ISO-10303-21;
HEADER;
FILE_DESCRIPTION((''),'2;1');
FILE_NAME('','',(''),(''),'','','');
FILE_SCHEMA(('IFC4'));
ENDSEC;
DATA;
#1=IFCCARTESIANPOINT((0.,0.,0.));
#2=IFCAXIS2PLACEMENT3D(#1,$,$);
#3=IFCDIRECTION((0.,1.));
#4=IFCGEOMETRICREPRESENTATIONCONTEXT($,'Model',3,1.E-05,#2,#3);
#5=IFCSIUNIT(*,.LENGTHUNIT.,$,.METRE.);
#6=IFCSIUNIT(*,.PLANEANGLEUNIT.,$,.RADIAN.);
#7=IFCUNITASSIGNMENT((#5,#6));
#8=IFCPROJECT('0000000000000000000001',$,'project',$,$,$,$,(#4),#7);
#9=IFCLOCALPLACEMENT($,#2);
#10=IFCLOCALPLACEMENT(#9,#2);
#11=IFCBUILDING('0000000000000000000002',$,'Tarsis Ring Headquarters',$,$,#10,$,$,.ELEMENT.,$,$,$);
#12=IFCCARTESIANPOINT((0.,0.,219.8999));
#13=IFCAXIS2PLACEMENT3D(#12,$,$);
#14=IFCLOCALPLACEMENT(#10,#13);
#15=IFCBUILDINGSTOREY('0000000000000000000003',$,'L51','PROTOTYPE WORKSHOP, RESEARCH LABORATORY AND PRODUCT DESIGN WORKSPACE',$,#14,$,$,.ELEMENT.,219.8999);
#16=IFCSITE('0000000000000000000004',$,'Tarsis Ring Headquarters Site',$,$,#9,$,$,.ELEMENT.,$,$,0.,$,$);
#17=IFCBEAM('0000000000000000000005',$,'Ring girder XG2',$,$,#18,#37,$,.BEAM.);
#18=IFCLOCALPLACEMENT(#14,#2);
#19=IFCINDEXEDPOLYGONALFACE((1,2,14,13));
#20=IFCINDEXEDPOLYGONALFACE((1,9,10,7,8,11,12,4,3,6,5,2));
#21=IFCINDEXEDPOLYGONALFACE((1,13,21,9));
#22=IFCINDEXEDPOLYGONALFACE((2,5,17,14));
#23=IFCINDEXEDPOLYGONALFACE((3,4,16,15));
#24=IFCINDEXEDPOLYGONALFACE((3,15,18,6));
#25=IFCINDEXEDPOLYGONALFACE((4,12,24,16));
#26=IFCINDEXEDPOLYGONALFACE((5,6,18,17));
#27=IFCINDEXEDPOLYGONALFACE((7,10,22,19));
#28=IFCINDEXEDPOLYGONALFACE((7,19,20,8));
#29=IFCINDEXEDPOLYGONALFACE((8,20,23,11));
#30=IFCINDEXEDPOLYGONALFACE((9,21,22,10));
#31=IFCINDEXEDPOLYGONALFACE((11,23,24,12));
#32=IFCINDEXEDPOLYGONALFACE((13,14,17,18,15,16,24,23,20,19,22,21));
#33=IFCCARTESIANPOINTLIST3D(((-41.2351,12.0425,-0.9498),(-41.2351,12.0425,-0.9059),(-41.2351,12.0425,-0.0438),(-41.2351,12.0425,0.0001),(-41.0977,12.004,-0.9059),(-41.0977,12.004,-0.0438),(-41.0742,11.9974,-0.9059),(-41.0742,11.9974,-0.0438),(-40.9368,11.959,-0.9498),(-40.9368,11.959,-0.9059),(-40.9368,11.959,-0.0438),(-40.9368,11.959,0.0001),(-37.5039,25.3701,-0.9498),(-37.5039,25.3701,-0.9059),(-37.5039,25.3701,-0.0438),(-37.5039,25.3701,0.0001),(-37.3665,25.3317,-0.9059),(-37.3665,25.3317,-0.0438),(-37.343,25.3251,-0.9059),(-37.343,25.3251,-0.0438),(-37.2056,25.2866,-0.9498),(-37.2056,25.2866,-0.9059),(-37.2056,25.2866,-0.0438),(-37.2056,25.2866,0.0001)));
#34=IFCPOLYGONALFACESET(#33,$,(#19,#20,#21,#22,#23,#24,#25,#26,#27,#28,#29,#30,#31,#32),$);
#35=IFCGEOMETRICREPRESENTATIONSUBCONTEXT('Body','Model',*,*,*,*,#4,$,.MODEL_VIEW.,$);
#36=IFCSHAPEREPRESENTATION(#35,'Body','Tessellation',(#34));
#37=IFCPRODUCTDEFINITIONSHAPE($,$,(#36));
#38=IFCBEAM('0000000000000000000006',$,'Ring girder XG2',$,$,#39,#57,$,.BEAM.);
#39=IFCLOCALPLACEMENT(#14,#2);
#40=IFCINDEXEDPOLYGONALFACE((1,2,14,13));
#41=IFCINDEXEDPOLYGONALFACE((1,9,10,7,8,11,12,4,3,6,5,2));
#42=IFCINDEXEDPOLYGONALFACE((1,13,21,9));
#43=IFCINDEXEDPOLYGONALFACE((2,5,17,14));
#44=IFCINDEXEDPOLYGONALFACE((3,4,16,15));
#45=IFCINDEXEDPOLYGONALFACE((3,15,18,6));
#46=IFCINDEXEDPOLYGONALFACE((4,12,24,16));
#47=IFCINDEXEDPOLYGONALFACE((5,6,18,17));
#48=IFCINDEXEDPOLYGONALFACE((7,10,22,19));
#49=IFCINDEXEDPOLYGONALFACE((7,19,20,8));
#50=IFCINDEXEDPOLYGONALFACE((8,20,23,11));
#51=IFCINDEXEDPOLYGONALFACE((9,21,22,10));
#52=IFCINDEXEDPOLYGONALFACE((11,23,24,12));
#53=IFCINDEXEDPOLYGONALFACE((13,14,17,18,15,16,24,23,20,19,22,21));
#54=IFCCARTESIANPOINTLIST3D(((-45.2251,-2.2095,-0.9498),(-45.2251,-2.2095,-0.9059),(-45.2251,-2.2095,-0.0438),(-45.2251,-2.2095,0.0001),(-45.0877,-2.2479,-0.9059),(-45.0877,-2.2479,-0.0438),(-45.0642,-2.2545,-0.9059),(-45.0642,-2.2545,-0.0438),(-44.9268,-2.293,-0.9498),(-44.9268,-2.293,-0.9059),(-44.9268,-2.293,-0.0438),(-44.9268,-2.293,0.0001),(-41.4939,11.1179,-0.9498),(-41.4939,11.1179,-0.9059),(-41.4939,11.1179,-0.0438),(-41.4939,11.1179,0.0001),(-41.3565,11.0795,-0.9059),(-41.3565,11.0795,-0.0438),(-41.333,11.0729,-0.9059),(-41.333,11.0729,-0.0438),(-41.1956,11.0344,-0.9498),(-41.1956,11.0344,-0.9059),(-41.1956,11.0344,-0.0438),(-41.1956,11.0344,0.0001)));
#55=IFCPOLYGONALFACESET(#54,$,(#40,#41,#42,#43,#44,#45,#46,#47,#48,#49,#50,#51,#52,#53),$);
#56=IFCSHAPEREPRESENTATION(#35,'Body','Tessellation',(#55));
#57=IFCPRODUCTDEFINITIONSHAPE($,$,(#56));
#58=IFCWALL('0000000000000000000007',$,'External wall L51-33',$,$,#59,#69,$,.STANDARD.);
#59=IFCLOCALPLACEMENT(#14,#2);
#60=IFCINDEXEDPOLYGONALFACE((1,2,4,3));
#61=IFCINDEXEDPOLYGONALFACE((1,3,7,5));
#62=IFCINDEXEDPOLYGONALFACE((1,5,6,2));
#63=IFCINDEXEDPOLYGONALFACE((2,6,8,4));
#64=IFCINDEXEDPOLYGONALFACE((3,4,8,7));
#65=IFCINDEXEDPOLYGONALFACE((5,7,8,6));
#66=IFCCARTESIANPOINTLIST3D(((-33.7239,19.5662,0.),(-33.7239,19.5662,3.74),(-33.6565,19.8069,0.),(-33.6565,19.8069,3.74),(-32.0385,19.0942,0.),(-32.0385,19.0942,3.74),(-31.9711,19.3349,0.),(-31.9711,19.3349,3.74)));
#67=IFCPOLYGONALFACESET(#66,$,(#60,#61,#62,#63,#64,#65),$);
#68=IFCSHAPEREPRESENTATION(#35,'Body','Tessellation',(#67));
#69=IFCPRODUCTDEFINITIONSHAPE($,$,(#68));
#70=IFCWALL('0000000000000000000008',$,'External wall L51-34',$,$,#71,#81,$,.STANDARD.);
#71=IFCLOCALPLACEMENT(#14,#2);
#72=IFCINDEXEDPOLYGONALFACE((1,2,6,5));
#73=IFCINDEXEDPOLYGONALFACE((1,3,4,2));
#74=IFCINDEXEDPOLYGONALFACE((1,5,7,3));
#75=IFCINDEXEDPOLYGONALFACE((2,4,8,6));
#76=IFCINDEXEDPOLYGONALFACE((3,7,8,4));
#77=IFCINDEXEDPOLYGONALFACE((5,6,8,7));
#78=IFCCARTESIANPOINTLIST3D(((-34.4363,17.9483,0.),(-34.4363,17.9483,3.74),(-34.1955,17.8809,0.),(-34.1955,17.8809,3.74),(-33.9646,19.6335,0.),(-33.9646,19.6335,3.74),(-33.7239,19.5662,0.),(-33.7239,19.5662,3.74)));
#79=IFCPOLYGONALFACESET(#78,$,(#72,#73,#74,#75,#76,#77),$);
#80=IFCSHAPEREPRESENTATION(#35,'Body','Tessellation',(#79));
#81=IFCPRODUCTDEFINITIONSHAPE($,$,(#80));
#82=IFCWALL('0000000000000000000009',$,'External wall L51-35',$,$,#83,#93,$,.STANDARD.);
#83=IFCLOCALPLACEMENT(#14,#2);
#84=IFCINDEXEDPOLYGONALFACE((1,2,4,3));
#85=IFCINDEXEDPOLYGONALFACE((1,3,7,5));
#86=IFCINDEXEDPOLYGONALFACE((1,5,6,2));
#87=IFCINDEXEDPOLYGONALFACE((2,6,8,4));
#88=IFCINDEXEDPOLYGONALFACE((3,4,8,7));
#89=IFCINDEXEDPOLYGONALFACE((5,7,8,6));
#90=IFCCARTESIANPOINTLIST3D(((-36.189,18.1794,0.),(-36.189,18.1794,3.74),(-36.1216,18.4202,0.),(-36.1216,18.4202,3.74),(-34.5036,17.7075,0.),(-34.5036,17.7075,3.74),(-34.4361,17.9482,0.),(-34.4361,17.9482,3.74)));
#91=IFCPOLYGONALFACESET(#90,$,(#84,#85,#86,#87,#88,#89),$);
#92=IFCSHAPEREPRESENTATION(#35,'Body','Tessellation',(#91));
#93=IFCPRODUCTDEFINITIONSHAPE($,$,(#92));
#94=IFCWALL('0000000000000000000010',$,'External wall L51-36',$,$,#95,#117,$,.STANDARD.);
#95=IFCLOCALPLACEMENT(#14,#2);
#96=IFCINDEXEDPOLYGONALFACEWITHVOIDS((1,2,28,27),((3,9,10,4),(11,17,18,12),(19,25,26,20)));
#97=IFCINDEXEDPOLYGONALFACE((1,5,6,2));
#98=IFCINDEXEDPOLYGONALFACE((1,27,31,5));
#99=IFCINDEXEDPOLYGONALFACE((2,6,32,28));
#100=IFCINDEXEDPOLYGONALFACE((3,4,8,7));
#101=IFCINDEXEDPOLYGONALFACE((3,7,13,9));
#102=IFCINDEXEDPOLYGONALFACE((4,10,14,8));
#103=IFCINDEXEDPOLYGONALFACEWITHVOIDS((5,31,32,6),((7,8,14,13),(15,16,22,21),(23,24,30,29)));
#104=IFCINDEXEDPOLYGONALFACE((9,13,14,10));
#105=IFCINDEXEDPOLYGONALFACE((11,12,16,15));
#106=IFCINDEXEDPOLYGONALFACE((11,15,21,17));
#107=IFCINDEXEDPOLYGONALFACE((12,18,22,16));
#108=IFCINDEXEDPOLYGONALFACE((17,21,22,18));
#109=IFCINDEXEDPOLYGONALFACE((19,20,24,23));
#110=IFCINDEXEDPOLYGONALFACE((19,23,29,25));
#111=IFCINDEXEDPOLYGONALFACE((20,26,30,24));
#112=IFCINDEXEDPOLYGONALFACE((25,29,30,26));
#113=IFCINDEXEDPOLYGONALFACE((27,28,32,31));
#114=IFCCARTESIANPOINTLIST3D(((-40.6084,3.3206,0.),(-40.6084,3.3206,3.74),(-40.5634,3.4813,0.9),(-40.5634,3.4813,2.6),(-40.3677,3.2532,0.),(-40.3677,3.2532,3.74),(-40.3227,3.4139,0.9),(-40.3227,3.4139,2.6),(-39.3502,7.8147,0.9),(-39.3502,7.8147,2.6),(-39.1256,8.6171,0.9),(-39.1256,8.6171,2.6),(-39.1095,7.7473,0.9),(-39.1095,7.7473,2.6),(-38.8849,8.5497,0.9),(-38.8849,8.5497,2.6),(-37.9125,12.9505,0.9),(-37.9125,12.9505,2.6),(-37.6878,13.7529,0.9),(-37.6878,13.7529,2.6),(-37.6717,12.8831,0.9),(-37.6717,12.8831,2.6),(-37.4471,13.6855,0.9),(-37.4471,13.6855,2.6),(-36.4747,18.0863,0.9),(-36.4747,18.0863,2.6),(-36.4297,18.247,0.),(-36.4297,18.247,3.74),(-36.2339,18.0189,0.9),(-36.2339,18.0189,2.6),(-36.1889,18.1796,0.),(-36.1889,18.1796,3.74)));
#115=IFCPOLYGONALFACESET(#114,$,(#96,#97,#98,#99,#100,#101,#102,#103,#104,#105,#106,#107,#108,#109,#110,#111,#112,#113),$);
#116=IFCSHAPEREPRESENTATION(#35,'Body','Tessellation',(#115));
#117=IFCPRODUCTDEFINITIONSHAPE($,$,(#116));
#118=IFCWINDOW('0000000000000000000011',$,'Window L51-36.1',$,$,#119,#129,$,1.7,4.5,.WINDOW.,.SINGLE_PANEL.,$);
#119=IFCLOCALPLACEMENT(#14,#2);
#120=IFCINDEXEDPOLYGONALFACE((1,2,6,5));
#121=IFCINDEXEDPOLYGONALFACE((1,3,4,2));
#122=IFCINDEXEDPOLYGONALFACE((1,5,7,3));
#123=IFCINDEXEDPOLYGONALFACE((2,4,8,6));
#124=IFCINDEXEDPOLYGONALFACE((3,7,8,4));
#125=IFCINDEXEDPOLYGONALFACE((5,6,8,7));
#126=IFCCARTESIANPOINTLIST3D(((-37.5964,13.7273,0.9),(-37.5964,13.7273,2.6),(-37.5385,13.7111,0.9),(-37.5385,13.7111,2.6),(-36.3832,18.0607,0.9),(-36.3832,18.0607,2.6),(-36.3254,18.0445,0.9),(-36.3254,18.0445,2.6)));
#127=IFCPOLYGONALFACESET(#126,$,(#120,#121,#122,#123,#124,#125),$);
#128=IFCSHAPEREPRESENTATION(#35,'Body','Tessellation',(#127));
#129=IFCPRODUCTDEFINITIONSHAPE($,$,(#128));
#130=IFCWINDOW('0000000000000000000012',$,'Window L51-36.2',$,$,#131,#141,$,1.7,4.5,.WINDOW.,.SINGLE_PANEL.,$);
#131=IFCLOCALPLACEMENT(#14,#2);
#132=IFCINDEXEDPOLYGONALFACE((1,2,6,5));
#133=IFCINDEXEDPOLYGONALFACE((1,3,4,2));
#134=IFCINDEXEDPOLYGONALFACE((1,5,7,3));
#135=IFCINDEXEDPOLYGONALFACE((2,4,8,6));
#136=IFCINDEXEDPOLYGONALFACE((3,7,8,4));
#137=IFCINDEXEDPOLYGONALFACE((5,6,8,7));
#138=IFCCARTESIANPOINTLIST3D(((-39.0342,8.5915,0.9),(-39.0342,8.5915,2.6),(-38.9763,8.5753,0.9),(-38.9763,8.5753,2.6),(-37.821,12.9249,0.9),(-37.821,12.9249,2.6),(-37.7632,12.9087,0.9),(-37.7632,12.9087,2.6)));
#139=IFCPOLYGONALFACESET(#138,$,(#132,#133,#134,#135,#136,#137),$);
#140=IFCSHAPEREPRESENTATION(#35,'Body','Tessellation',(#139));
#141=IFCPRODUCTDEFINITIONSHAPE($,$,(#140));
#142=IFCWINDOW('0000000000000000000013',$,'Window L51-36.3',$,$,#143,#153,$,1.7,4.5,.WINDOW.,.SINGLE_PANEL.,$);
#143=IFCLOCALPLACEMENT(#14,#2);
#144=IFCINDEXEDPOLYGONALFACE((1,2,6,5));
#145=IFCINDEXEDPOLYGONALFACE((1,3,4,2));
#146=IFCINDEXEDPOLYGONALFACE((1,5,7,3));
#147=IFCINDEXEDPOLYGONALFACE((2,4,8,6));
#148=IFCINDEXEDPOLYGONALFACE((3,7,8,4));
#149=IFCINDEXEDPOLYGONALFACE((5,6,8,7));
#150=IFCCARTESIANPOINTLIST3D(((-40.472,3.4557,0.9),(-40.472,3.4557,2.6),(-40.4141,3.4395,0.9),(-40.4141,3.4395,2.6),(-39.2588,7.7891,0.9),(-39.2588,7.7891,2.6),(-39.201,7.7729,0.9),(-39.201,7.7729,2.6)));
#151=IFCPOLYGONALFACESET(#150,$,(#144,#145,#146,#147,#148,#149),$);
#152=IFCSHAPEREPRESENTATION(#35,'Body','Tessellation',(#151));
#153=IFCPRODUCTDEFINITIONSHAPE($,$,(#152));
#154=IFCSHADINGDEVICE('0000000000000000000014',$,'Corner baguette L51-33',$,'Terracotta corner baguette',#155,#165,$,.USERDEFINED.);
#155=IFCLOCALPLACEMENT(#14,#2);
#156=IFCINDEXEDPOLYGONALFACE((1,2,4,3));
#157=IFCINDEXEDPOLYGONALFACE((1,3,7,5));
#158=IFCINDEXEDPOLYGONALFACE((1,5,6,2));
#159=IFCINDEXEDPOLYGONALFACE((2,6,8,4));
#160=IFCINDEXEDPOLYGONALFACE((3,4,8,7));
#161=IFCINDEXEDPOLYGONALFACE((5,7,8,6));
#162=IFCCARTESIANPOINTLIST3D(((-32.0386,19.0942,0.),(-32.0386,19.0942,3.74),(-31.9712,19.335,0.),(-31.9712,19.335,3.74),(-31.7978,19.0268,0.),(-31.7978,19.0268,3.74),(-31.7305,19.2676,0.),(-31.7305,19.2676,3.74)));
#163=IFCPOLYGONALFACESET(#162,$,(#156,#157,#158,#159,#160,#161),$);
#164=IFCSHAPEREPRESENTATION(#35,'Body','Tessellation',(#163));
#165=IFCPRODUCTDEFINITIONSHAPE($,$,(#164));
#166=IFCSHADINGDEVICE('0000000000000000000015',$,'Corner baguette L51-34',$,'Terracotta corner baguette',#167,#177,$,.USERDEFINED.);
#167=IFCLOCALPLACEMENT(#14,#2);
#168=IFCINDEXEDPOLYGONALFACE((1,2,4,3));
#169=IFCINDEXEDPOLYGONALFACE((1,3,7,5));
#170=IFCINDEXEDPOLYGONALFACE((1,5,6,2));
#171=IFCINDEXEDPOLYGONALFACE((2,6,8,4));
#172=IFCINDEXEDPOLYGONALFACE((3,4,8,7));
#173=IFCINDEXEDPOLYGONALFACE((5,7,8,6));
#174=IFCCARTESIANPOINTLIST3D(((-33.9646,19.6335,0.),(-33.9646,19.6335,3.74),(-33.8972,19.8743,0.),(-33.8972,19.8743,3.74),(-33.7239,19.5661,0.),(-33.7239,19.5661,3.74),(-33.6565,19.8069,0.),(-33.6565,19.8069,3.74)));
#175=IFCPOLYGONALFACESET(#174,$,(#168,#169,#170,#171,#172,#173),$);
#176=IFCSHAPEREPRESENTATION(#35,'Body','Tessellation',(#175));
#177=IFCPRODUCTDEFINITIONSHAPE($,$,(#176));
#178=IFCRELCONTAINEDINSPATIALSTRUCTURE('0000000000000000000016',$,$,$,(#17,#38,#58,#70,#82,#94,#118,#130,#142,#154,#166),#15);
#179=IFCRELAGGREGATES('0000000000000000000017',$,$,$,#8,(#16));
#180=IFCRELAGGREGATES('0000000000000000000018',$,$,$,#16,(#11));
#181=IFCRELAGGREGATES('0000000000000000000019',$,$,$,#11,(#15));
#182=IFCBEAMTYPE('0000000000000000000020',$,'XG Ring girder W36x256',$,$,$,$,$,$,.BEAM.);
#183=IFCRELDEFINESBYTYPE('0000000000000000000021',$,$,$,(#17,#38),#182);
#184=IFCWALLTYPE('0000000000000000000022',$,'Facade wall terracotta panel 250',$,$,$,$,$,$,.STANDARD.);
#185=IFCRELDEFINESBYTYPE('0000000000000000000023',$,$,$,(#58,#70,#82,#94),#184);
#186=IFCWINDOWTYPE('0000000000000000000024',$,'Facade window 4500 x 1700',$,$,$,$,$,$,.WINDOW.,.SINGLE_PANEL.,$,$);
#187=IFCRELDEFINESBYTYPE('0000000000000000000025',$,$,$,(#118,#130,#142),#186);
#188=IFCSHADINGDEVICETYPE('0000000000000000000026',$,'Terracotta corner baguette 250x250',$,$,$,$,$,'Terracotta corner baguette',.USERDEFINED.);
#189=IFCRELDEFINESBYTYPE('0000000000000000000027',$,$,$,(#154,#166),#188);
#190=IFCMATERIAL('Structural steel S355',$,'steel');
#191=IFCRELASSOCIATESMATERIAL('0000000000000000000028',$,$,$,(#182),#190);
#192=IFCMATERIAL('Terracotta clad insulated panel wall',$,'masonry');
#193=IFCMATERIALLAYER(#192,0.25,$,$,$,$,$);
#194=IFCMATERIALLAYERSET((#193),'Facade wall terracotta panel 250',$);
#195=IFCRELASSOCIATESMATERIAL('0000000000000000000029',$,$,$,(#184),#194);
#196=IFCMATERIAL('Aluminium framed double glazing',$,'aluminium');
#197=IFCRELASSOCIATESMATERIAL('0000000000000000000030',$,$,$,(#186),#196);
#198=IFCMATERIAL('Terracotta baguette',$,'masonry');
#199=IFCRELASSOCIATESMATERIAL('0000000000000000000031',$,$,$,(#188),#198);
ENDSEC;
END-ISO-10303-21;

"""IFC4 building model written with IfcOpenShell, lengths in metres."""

from ifc_helpers import new_model, si_unit, direction, frame, frame_2d, origin, origin_2d, place, context, subcontext, project, spatial, rectangle, i_section, extrude, material, layer, layer_set, material_profile, profile_set, type_object, element, fill, save


model = new_model("IFC4")

# Units and contexts
model_context = context("Model", 3, precision=1e-05, world=origin(), true_north=direction((0.0, 1.0)))
body_context = subcontext(model_context, "Body", "Model", "MODEL_VIEW")
ifc_project = project(units=[si_unit("LENGTHUNIT", "METRE"), si_unit("PLANEANGLEUNIT", "RADIAN")], contexts=[model_context])

# Site, building, storey
site_placement = place(None, origin())
site = spatial("IfcSite", under=ifc_project, at=site_placement, Name="Tarsis Ring Headquarters Site", CompositionType="ELEMENT", RefElevation=0.0)
building_placement = place(site_placement, origin())
building = spatial("IfcBuilding", under=site, at=building_placement, Name="Tarsis Ring Headquarters", CompositionType="ELEMENT")
storey_placement = place(building_placement, frame((0.0, 0.0, 219.8999)))
storey = spatial("IfcBuildingStorey", under=building, at=storey_placement, Name="L51", Description="PROTOTYPE WORKSHOP, RESEARCH LABORATORY AND PRODUCT DESIGN WORKSPACE", CompositionType="ELEMENT", Elevation=219.8999)

# Shared definitions
ifc_material_1 = material(Name="Structural steel S355", Category="steel")

# Beams
ifc_material_profile_1 = material_profile(ifc_material_1, i_section(OverallWidth=0.3098, OverallDepth=0.95, WebThickness=0.0244, FlangeThickness=0.0439, at=origin_2d()), Name="W36x256")
ifc_profile_set_1 = profile_set([ifc_material_profile_1], Name="Structural steel S355")
beam_type_1 = type_object("IfcBeamType", Name="XG Ring girder W36x256", PredefinedType="BEAM", material=ifc_profile_set_1)
beam_1_placement = place(storey_placement, frame((-37.3547, 25.3284, -0.4749), z_axis=(-0.269594, -0.962974, 0.0), x_axis=(0.962974, -0.269594, 0.0)))
element("IfcBeam", 1, at=beam_1_placement, inside=storey, type_object=beam_type_1, Name="Ring girder XG2", PredefinedType="BEAM", context=body_context, shape_type="SweptSolid", body=[
    extrude(i_section(OverallWidth=0.3098, OverallDepth=0.95, WebThickness=0.0244, FlangeThickness=0.0439, at=origin_2d()), origin(), (0.0, 0.0, 1.0), 13.8401),
])
beam_2_placement = place(storey_placement, frame((-41.3447, 11.0762, -0.4749), z_axis=(-0.269599, -0.962973, 0.0), x_axis=(0.962973, -0.269599, 0.0)))
element("IfcBeam", 2, at=beam_2_placement, inside=storey, type_object=beam_type_1, Name="Ring girder XG2", PredefinedType="BEAM", context=body_context, shape_type="SweptSolid", body=[
    extrude(i_section(OverallWidth=0.3098, OverallDepth=0.95, WebThickness=0.0244, FlangeThickness=0.0439, at=origin_2d()), origin(), (0.0, 0.0, 1.0), 13.8398),
])

# Walls
ifc_material_2 = material(Name="Terracotta clad insulated panel wall", Category="masonry")
ifc_layer = layer(ifc_material_2, 0.25)
ifc_layer_set = layer_set([ifc_layer], Name="Facade wall terracotta panel 250")
wall_type = type_object("IfcWallType", Name="Facade wall terracotta panel 250", PredefinedType="STANDARD", material=ifc_layer_set)
wall_1_placement = place(storey_placement, frame((-32.0049, 19.2146, 0.0), z_axis=(0.0, 0.0, 1.0), x_axis=(-0.962958, 0.269651, 0.0)))
element("IfcWall", 3, at=wall_1_placement, inside=storey, type_object=wall_type, Name="External wall L51-33", PredefinedType="STANDARD", context=body_context, shape_type="SweptSolid", body=[
    extrude(rectangle(XDim=1.7502, YDim=0.25, at=frame_2d((0.875, 0.0))), origin(), (0.0, 0.0, 1.0), 3.74),
])
wall_2_placement = place(storey_placement, frame((-33.8442, 19.5999, 0.0), z_axis=(0.0, 0.0, 1.0), x_axis=(-0.269521, -0.962994, 0.0)))
element("IfcWall", 4, at=wall_2_placement, inside=storey, type_object=wall_type, Name="External wall L51-34", PredefinedType="STANDARD", context=body_context, shape_type="SweptSolid", body=[
    extrude(rectangle(XDim=1.75, YDim=0.25, at=frame_2d((0.875, 0.0))), origin(), (0.0, 0.0, 1.0), 3.74),
])
wall_3_placement = place(storey_placement, frame((-34.47, 17.8279, 0.0), z_axis=(0.0, 0.0, 1.0), x_axis=(-0.962958, 0.269651, 0.0)))
element("IfcWall", 5, at=wall_3_placement, inside=storey, type_object=wall_type, Name="External wall L51-35", PredefinedType="STANDARD", context=body_context, shape_type="SweptSolid", body=[
    extrude(rectangle(XDim=1.7502, YDim=0.25, at=frame_2d((0.875, 0.0))), origin(), (0.0, 0.0, 1.0), 3.74),
])

# Wall, openings, windows
wall_4_placement = place(storey_placement, frame((-36.3093, 18.2131, 0.0), z_axis=(0.0, 0.0, 1.0), x_axis=(-0.269591, -0.962975, 0.0)))
wall_4 = element("IfcWall", 6, at=wall_4_placement, inside=storey, type_object=wall_type, Name="External wall L51-36", PredefinedType="STANDARD", context=body_context, shape_type="SweptSolid", body=[
    extrude(rectangle(XDim=15.5002, YDim=0.25, at=frame_2d((7.75, 0.0))), origin(), (0.0, 0.0, 1.0), 3.74),
])
opening_1_placement = place(wall_4_placement, frame((0.1667, 0.0, 0.8999)))
opening_1 = element("IfcOpeningElement", 7, at=opening_1_placement, cuts=wall_4, PredefinedType="OPENING", context=body_context, shape_type="SweptSolid", body=[
    extrude(rectangle(XDim=4.5, YDim=1.7, at=frame_2d((2.25, 0.8501))), frame((0.0, 0.135, 0.0), z_axis=(0.0, -1.0, 0.0), x_axis=(1.0, 0.0, 0.0)), (0.0, 0.0, 1.0), 0.27),
])
opening_2_placement = place(wall_4_placement, frame((5.5, 0.0, 0.8999)))
opening_2 = element("IfcOpeningElement", 8, at=opening_2_placement, cuts=wall_4, PredefinedType="OPENING", context=body_context, shape_type="SweptSolid", body=[
    extrude(rectangle(XDim=4.5, YDim=1.7, at=frame_2d((2.25, 0.8501))), frame((0.0, 0.135, 0.0), z_axis=(0.0, -1.0, 0.0), x_axis=(1.0, 0.0, 0.0)), (0.0, 0.0, 1.0), 0.27),
])
opening_3_placement = place(wall_4_placement, frame((10.8333, 0.0, 0.8999)))
opening_3 = element("IfcOpeningElement", 9, at=opening_3_placement, cuts=wall_4, PredefinedType="OPENING", context=body_context, shape_type="SweptSolid", body=[
    extrude(rectangle(XDim=4.5, YDim=1.7, at=frame_2d((2.25, 0.8501))), frame((0.0, 0.135, 0.0), z_axis=(0.0, -1.0, 0.0), x_axis=(1.0, 0.0, 0.0)), (0.0, 0.0, 1.0), 0.27),
])
ifc_material_3 = material(Name="Aluminium framed double glazing", Category="aluminium")
window_type = type_object("IfcWindowType", Name="Facade window 4500 x 1700", PartitioningType="SINGLE_PANEL", PredefinedType="WINDOW", material=ifc_material_3)
window_1_placement = place(opening_1_placement, origin())
window_1 = element("IfcWindow", 10, at=window_1_placement, inside=storey, type_object=window_type, Name="Window L51-36.1", OverallHeight=1.7, OverallWidth=4.5, PartitioningType="SINGLE_PANEL", PredefinedType="WINDOW", context=body_context, shape_type="SweptSolid", body=[
    extrude(rectangle(XDim=4.5, YDim=1.7, at=frame_2d((2.25, 0.8501))), frame((0.0, 0.03, 0.0), z_axis=(0.0, -1.0, 0.0), x_axis=(1.0, 0.0, 0.0)), (0.0, 0.0, 1.0), 0.0601),
])
fill(opening_1, window_1)
window_2_placement = place(opening_2_placement, origin())
window_2 = element("IfcWindow", 11, at=window_2_placement, inside=storey, type_object=window_type, Name="Window L51-36.2", OverallHeight=1.7, OverallWidth=4.5, PartitioningType="SINGLE_PANEL", PredefinedType="WINDOW", context=body_context, shape_type="SweptSolid", body=[
    extrude(rectangle(XDim=4.5, YDim=1.7, at=frame_2d((2.25, 0.8501))), frame((0.0, 0.03, 0.0), z_axis=(0.0, -1.0, 0.0), x_axis=(1.0, 0.0, 0.0)), (0.0, 0.0, 1.0), 0.0601),
])
fill(opening_2, window_2)
window_3_placement = place(opening_3_placement, origin())
window_3 = element("IfcWindow", 12, at=window_3_placement, inside=storey, type_object=window_type, Name="Window L51-36.3", OverallHeight=1.7, OverallWidth=4.5, PartitioningType="SINGLE_PANEL", PredefinedType="WINDOW", context=body_context, shape_type="SweptSolid", body=[
    extrude(rectangle(XDim=4.5, YDim=1.7, at=frame_2d((2.25, 0.8501))), frame((0.0, 0.03, 0.0), z_axis=(0.0, -1.0, 0.0), x_axis=(1.0, 0.0, 0.0)), (0.0, 0.0, 1.0), 0.0601),
])
fill(opening_3, window_3)

# Shading devices
ifc_material_4 = material(Name="Terracotta baguette", Category="masonry")
shading_device_type_1 = type_object("IfcShadingDeviceType", Name="Terracotta corner baguette 250x250", ElementType="Terracotta corner baguette", PredefinedType="USERDEFINED", material=ifc_material_4)
for number, where, z_axis, x_axis, name in (
    (13, (-31.8845, 19.1809, 0.0), (0.0, 0.0, 1.0), (-0.269593, -0.962974, 0.0), "Corner baguette L51-33"),
    (14, (-33.8105, 19.7202, 0.0), (0.0, 0.0, 1.0), (-0.962975, 0.269592, 0.0), "Corner baguette L51-34"),
):
    element("IfcShadingDevice", number, at=place(storey_placement, frame(where, z_axis=z_axis, x_axis=x_axis)), inside=storey, type_object=shading_device_type_1, Name=name, ObjectType="Terracotta corner baguette", PredefinedType="USERDEFINED", context=body_context, shape_type="SweptSolid", body=[
        extrude(rectangle(XDim=0.25, YDim=0.25, at=origin_2d()), origin(), (0.0, 0.0, 1.0), 3.74),
    ])

save(model, "model.ifc")
